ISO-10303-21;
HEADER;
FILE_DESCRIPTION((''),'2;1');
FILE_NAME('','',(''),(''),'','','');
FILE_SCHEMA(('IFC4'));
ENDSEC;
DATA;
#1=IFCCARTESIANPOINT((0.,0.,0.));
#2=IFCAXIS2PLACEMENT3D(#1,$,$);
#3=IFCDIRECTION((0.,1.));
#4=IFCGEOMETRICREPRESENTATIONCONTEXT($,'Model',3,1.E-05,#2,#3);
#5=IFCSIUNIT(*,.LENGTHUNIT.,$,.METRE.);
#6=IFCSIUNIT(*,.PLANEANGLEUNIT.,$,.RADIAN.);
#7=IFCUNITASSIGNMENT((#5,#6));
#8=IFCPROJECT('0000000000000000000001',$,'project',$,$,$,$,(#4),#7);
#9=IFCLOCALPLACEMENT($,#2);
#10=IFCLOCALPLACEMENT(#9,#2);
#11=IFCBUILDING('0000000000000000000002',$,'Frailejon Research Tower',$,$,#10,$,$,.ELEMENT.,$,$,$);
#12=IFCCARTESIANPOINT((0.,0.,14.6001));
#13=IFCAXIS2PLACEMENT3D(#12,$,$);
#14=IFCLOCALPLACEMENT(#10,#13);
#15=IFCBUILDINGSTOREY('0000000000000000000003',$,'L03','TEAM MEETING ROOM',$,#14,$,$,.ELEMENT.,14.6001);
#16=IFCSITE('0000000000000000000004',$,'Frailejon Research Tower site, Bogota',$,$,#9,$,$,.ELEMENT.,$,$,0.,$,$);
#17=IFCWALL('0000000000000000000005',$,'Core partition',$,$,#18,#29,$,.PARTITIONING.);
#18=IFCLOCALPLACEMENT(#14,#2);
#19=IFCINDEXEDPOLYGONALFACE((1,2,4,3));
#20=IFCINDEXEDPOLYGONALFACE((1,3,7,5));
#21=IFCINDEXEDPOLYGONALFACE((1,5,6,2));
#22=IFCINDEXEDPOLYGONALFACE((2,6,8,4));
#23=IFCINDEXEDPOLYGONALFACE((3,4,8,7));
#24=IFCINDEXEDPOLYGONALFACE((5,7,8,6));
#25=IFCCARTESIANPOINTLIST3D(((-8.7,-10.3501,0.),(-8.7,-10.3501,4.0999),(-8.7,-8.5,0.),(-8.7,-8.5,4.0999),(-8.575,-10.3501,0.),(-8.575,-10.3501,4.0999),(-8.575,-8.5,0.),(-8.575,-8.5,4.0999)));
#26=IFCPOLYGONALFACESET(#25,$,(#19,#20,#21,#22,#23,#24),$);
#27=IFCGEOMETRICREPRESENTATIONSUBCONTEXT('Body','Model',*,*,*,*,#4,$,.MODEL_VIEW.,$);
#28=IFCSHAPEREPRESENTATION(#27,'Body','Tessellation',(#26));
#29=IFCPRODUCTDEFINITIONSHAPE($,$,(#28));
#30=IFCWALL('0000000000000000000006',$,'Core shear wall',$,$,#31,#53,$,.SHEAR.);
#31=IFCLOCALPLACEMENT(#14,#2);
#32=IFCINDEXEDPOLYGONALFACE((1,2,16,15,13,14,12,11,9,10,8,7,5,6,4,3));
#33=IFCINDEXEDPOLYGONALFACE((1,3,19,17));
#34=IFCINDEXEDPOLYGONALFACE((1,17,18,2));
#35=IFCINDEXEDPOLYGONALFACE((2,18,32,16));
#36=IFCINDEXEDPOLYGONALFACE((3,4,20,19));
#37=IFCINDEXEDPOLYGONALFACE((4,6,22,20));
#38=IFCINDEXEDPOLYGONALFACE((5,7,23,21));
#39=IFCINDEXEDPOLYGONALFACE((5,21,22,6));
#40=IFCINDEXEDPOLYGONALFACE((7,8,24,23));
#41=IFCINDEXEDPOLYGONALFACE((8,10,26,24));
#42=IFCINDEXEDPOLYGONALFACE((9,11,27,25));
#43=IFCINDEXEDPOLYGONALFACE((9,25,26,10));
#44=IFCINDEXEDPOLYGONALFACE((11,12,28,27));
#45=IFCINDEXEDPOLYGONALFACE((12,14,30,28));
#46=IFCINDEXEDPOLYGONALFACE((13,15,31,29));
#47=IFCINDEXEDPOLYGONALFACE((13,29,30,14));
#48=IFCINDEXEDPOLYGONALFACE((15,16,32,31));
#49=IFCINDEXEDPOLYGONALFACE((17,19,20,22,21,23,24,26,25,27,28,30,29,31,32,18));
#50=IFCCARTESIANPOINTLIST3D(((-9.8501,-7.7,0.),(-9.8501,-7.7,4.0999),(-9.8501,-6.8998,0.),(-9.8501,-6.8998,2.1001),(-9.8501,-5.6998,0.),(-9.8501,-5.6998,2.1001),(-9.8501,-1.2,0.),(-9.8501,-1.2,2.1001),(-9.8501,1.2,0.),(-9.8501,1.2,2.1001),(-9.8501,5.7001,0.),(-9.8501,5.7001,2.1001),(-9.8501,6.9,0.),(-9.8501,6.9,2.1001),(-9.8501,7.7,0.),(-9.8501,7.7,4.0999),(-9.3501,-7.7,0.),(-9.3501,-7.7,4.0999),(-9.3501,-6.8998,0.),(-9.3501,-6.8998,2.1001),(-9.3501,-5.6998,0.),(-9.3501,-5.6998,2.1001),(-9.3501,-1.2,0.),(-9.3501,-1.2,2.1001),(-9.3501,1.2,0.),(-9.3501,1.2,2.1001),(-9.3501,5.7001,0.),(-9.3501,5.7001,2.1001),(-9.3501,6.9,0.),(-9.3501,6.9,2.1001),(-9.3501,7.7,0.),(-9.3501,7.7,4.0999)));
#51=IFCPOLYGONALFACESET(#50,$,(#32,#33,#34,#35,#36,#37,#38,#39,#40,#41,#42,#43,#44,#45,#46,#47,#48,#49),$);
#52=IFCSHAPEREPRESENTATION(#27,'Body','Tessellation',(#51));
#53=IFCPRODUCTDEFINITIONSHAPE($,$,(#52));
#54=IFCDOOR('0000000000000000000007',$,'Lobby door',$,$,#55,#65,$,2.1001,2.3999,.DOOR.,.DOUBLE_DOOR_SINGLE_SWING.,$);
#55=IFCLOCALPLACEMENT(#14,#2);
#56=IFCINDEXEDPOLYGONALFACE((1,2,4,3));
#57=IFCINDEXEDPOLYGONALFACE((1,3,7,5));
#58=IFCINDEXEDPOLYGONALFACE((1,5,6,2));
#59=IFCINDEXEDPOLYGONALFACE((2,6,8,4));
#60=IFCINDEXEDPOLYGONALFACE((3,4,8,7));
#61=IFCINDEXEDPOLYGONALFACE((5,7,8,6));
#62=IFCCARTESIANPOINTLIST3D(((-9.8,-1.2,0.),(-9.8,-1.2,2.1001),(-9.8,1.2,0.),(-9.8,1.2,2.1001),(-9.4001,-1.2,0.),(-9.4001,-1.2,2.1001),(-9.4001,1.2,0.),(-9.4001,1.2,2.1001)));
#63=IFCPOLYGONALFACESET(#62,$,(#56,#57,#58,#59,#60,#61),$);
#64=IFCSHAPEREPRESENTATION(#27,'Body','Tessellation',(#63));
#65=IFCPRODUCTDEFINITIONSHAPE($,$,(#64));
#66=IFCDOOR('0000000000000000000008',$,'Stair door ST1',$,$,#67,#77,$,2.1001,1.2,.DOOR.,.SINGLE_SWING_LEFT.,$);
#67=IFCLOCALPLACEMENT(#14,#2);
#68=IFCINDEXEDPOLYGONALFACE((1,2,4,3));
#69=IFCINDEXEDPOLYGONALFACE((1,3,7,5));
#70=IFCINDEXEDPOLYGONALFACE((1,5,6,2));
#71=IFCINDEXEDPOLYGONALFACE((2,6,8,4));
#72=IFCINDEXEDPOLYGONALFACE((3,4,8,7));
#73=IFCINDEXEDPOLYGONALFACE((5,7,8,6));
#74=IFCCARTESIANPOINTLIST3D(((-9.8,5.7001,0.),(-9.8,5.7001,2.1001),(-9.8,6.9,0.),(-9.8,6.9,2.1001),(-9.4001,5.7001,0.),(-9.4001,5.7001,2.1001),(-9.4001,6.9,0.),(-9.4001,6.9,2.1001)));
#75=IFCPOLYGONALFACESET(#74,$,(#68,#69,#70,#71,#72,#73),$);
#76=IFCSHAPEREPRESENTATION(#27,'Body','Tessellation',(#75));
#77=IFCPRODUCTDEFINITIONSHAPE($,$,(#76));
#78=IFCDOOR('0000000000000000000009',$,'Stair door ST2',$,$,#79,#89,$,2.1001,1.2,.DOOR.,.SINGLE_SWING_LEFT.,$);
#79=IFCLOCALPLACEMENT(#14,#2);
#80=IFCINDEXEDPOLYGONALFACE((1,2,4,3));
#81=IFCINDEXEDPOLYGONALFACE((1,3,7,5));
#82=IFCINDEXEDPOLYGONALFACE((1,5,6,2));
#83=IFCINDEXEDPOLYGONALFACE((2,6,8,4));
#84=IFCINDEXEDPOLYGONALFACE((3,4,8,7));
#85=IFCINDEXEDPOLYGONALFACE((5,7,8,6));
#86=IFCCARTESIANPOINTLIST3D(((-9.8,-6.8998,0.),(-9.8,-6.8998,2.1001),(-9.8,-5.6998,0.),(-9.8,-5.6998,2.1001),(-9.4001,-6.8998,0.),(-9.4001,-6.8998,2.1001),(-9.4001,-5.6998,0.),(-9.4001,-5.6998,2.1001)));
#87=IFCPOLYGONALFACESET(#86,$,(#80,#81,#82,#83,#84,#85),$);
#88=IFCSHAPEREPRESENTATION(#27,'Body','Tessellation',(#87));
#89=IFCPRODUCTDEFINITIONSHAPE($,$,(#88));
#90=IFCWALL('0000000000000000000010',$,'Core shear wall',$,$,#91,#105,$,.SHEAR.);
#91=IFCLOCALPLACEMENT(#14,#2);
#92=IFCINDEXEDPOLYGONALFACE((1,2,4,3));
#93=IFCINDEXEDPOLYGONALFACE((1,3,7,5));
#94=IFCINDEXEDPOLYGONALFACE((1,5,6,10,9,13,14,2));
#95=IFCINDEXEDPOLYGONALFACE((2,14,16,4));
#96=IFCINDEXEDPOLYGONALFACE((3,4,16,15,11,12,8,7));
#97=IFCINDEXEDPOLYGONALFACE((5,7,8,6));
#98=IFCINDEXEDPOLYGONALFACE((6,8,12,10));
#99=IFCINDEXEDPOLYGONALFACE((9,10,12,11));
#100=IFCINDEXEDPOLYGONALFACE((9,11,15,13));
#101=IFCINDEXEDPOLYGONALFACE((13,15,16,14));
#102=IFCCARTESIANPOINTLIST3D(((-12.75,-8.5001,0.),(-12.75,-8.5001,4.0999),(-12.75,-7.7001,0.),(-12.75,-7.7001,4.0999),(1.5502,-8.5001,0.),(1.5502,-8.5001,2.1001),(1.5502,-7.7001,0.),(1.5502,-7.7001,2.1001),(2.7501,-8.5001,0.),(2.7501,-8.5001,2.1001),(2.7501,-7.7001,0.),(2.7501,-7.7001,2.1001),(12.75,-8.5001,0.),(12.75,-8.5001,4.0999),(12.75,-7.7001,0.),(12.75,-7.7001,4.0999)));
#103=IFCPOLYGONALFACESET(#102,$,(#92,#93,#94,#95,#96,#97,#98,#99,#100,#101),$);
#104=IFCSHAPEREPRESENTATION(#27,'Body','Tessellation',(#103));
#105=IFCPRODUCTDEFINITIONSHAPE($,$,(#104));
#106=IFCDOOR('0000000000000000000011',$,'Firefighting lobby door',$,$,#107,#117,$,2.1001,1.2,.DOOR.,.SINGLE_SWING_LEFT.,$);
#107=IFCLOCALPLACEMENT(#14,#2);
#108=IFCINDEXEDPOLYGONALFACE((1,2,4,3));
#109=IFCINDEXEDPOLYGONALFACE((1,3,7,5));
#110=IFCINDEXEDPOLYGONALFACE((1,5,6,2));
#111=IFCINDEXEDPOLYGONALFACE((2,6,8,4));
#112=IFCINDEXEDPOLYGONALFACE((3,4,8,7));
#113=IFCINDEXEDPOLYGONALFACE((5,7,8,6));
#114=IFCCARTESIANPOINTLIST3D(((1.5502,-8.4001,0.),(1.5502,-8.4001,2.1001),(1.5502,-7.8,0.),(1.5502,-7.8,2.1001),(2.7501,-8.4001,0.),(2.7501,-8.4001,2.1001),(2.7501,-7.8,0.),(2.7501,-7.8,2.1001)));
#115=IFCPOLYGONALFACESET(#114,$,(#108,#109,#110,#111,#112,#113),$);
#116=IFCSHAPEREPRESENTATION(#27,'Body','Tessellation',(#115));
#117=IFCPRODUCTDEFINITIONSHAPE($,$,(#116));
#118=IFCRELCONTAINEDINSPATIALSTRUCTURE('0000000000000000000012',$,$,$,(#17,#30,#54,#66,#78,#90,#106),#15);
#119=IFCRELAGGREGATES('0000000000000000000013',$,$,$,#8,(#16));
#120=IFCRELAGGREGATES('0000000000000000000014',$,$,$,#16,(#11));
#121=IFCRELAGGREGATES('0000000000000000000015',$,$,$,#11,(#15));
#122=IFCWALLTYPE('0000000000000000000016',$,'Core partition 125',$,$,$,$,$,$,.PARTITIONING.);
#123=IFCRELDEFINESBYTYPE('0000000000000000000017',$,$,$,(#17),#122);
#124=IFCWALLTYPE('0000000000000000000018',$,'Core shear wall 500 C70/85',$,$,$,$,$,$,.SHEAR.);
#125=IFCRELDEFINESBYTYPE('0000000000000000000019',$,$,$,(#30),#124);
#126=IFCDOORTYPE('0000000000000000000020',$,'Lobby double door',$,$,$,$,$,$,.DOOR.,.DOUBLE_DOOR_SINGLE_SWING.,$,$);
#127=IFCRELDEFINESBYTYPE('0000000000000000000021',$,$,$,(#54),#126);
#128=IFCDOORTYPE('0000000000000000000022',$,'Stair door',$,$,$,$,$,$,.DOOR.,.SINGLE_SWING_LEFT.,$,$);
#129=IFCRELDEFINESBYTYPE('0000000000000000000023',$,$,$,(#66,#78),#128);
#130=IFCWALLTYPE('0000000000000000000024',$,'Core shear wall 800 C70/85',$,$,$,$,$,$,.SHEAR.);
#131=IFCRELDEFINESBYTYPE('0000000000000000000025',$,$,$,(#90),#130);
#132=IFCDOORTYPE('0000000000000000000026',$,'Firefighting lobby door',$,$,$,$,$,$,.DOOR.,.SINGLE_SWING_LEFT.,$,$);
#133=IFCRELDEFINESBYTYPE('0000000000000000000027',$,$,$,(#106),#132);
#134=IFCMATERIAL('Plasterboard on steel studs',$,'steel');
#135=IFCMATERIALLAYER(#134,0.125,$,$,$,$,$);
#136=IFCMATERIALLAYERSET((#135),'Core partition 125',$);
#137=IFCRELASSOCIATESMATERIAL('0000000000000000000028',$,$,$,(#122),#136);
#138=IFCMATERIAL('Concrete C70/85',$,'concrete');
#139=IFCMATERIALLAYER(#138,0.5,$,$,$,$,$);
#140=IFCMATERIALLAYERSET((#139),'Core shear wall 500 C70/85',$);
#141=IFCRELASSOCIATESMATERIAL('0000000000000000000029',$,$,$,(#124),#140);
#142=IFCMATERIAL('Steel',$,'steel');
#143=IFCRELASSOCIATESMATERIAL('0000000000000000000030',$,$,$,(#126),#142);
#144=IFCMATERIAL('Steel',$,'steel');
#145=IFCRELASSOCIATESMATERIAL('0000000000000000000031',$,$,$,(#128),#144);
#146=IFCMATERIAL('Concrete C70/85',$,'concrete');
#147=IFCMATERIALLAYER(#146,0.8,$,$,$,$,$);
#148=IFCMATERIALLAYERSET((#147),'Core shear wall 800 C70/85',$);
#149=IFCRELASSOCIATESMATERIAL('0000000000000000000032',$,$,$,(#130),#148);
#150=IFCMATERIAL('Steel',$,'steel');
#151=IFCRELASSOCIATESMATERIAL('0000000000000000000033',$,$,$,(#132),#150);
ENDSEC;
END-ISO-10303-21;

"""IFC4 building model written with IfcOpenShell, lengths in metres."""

from ifc_helpers import new_model, si_unit, direction, frame, frame_2d, origin, place, context, subcontext, project, spatial, rectangle, extrude, material, layer, layer_set, type_object, element, fill, save


model = new_model("IFC4")

# Units and contexts
model_context = context("Model", 3, precision=1e-05, world=origin(), true_north=direction((0.0, 1.0)))
body_context = subcontext(model_context, "Body", "Model", "MODEL_VIEW")
ifc_project = project(units=[si_unit("LENGTHUNIT", "METRE"), si_unit("PLANEANGLEUNIT", "RADIAN")], contexts=[model_context])

# Site, building, storey
site_placement = place(None, origin())
site = spatial("IfcSite", under=ifc_project, at=site_placement, Name="Frailejon Research Tower site, Bogota", CompositionType="ELEMENT", RefElevation=0.0)
building_placement = place(site_placement, origin())
building = spatial("IfcBuilding", under=site, at=building_placement, Name="Frailejon Research Tower", CompositionType="ELEMENT")
storey_placement = place(building_placement, frame((0.0, 0.0, 14.6001)))
storey = spatial("IfcBuildingStorey", under=building, at=storey_placement, Name="L03", Description="TEAM MEETING ROOM", CompositionType="ELEMENT", Elevation=14.6001)

# Wall
ifc_material_1 = material(Name="Plasterboard on steel studs", Category="steel")
ifc_layer_1 = layer(ifc_material_1, 0.125)
ifc_layer_set_1 = layer_set([ifc_layer_1], Name="Core partition 125")
wall_type_1 = type_object("IfcWallType", Name="Core partition 125", PredefinedType="PARTITIONING", material=ifc_layer_set_1)
wall_1_placement = place(storey_placement, frame((-8.6375, -10.3501, 0.0), z_axis=(0.0, 0.0, 1.0), x_axis=(0.0, 1.0, 0.0)))
element("IfcWall", 1, at=wall_1_placement, inside=storey, type_object=wall_type_1, Name="Core partition", PredefinedType="PARTITIONING", context=body_context, shape_type="SweptSolid", body=[
    extrude(rectangle(XDim=1.8501, YDim=0.125, at=frame_2d((0.925, 0.0))), origin(), (0.0, 0.0, 1.0), 4.0999),
])

# Wall, openings, doors
ifc_material_2 = material(Name="Concrete C70/85", Category="concrete")
ifc_layer_2 = layer(ifc_material_2, 0.5)
ifc_layer_set_2 = layer_set([ifc_layer_2], Name="Core shear wall 500 C70/85")
wall_type_2 = type_object("IfcWallType", Name="Core shear wall 500 C70/85", PredefinedType="SHEAR", material=ifc_layer_set_2)
wall_2_placement = place(storey_placement, frame((-9.6001, -7.7, 0.0), z_axis=(0.0, 0.0, 1.0), x_axis=(0.0, 1.0, 0.0)))
wall_2 = element("IfcWall", 2, at=wall_2_placement, inside=storey, type_object=wall_type_2, Name="Core shear wall", PredefinedType="SHEAR", context=body_context, shape_type="SweptSolid", body=[
    extrude(rectangle(XDim=15.3999, YDim=0.5, at=frame_2d((7.7, 0.0))), origin(), (0.0, 0.0, 1.0), 4.0999),
])
opening_1_placement = place(wall_2_placement, frame((6.5, 0.0, 0.0)))
opening_1 = element("IfcOpeningElement", 3, at=opening_1_placement, cuts=wall_2, PredefinedType="OPENING", context=body_context, shape_type="SweptSolid", body=[
    extrude(rectangle(XDim=2.3999, YDim=2.1001, at=frame_2d((1.2, 1.05))), frame((0.0, 0.26, 0.0), z_axis=(0.0, -1.0, 0.0), x_axis=(1.0, 0.0, 0.0)), (0.0, 0.0, 1.0), 0.52),
])
opening_2_placement = place(wall_2_placement, frame((13.3999, 0.0, 0.0)))
opening_2 = element("IfcOpeningElement", 4, at=opening_2_placement, cuts=wall_2, PredefinedType="OPENING", context=body_context, shape_type="SweptSolid", body=[
    extrude(rectangle(XDim=1.2, YDim=2.1001, at=frame_2d((0.6001, 1.05))), frame((0.0, 0.26, 0.0), z_axis=(0.0, -1.0, 0.0), x_axis=(1.0, 0.0, 0.0)), (0.0, 0.0, 1.0), 0.52),
])
opening_3_placement = place(wall_2_placement, frame((0.8, 0.0, 0.0)))
opening_3 = element("IfcOpeningElement", 5, at=opening_3_placement, cuts=wall_2, PredefinedType="OPENING", context=body_context, shape_type="SweptSolid", body=[
    extrude(rectangle(XDim=1.2, YDim=2.1001, at=frame_2d((0.6001, 1.05))), frame((0.0, 0.26, 0.0), z_axis=(0.0, -1.0, 0.0), x_axis=(1.0, 0.0, 0.0)), (0.0, 0.0, 1.0), 0.52),
])
ifc_material_3 = material(Name="Steel", Category="steel")
door_type_1 = type_object("IfcDoorType", Name="Lobby double door", OperationType="DOUBLE_DOOR_SINGLE_SWING", PredefinedType="DOOR", material=ifc_material_3)
door_1_placement = place(opening_1_placement, origin())
door_1 = element("IfcDoor", 6, at=door_1_placement, inside=storey, type_object=door_type_1, Name="Lobby door", OperationType="DOUBLE_DOOR_SINGLE_SWING", OverallHeight=2.1001, OverallWidth=2.3999, PredefinedType="DOOR", context=body_context, shape_type="SweptSolid", body=[
    extrude(rectangle(XDim=2.3999, YDim=2.1001, at=frame_2d((1.2, 1.05))), frame((0.0, 0.2, 0.0), z_axis=(0.0, -1.0, 0.0), x_axis=(1.0, 0.0, 0.0)), (0.0, 0.0, 1.0), 0.3999),
])
fill(opening_1, door_1)
ifc_material_4 = material(Name="Steel", Category="steel")
door_type_2 = type_object("IfcDoorType", Name="Stair door", OperationType="SINGLE_SWING_LEFT", PredefinedType="DOOR", material=ifc_material_4)
door_2_placement = place(opening_2_placement, origin())
door_2 = element("IfcDoor", 7, at=door_2_placement, inside=storey, type_object=door_type_2, Name="Stair door ST1", OperationType="SINGLE_SWING_LEFT", OverallHeight=2.1001, OverallWidth=1.2, PredefinedType="DOOR", context=body_context, shape_type="SweptSolid", body=[
    extrude(rectangle(XDim=1.2, YDim=2.1001, at=frame_2d((0.6001, 1.05))), frame((0.0, 0.2, 0.0), z_axis=(0.0, -1.0, 0.0), x_axis=(1.0, 0.0, 0.0)), (0.0, 0.0, 1.0), 0.3999),
])
fill(opening_2, door_2)
door_3_placement = place(opening_3_placement, origin())
door_3 = element("IfcDoor", 8, at=door_3_placement, inside=storey, type_object=door_type_2, Name="Stair door ST2", OperationType="SINGLE_SWING_LEFT", OverallHeight=2.1001, OverallWidth=1.2, PredefinedType="DOOR", context=body_context, shape_type="SweptSolid", body=[
    extrude(rectangle(XDim=1.2, YDim=2.1001, at=frame_2d((0.6001, 1.05))), frame((0.0, 0.2, 0.0), z_axis=(0.0, -1.0, 0.0), x_axis=(1.0, 0.0, 0.0)), (0.0, 0.0, 1.0), 0.3999),
])
fill(opening_3, door_3)

# Wall, opening, door
ifc_material_5 = material(Name="Concrete C70/85", Category="concrete")
ifc_layer_3 = layer(ifc_material_5, 0.8)
ifc_layer_set_3 = layer_set([ifc_layer_3], Name="Core shear wall 800 C70/85")
wall_type_3 = type_object("IfcWallType", Name="Core shear wall 800 C70/85", PredefinedType="SHEAR", material=ifc_layer_set_3)
wall_3_placement = place(storey_placement, frame((-12.75, -8.1001, 0.0), z_axis=(0.0, 0.0, 1.0), x_axis=(1.0, 0.0, 0.0)))
wall_3 = element("IfcWall", 9, at=wall_3_placement, inside=storey, type_object=wall_type_3, Name="Core shear wall", PredefinedType="SHEAR", context=body_context, shape_type="SweptSolid", body=[
    extrude(rectangle(XDim=25.5, YDim=0.8, at=frame_2d((12.75, 0.0))), origin(), (0.0, 0.0, 1.0), 4.0999),
])
opening_4_placement = place(wall_3_placement, frame((14.3, 0.0, 0.0)))
opening_4 = element("IfcOpeningElement", 10, at=opening_4_placement, cuts=wall_3, PredefinedType="OPENING", context=body_context, shape_type="SweptSolid", body=[
    extrude(rectangle(XDim=1.2, YDim=2.1001, at=frame_2d((0.6001, 1.05))), frame((0.0, 0.4099, 0.0), z_axis=(0.0, -1.0, 0.0), x_axis=(1.0, 0.0, 0.0)), (0.0, 0.0, 1.0), 0.8201),
])
ifc_material_6 = material(Name="Steel", Category="steel")
door_type_3 = type_object("IfcDoorType", Name="Firefighting lobby door", OperationType="SINGLE_SWING_LEFT", PredefinedType="DOOR", material=ifc_material_6)
door_4_placement = place(opening_4_placement, origin())
door_4 = element("IfcDoor", 11, at=door_4_placement, inside=storey, type_object=door_type_3, Name="Firefighting lobby door", OperationType="SINGLE_SWING_LEFT", OverallHeight=2.1001, OverallWidth=1.2, PredefinedType="DOOR", context=body_context, shape_type="SweptSolid", body=[
    extrude(rectangle(XDim=1.2, YDim=2.1001, at=frame_2d((0.6001, 1.05))), frame((0.0, 0.3, 0.0), z_axis=(0.0, -1.0, 0.0), x_axis=(1.0, 0.0, 0.0)), (0.0, 0.0, 1.0), 0.6001),
])
fill(opening_4, door_4)

save(model, "model.ifc")
